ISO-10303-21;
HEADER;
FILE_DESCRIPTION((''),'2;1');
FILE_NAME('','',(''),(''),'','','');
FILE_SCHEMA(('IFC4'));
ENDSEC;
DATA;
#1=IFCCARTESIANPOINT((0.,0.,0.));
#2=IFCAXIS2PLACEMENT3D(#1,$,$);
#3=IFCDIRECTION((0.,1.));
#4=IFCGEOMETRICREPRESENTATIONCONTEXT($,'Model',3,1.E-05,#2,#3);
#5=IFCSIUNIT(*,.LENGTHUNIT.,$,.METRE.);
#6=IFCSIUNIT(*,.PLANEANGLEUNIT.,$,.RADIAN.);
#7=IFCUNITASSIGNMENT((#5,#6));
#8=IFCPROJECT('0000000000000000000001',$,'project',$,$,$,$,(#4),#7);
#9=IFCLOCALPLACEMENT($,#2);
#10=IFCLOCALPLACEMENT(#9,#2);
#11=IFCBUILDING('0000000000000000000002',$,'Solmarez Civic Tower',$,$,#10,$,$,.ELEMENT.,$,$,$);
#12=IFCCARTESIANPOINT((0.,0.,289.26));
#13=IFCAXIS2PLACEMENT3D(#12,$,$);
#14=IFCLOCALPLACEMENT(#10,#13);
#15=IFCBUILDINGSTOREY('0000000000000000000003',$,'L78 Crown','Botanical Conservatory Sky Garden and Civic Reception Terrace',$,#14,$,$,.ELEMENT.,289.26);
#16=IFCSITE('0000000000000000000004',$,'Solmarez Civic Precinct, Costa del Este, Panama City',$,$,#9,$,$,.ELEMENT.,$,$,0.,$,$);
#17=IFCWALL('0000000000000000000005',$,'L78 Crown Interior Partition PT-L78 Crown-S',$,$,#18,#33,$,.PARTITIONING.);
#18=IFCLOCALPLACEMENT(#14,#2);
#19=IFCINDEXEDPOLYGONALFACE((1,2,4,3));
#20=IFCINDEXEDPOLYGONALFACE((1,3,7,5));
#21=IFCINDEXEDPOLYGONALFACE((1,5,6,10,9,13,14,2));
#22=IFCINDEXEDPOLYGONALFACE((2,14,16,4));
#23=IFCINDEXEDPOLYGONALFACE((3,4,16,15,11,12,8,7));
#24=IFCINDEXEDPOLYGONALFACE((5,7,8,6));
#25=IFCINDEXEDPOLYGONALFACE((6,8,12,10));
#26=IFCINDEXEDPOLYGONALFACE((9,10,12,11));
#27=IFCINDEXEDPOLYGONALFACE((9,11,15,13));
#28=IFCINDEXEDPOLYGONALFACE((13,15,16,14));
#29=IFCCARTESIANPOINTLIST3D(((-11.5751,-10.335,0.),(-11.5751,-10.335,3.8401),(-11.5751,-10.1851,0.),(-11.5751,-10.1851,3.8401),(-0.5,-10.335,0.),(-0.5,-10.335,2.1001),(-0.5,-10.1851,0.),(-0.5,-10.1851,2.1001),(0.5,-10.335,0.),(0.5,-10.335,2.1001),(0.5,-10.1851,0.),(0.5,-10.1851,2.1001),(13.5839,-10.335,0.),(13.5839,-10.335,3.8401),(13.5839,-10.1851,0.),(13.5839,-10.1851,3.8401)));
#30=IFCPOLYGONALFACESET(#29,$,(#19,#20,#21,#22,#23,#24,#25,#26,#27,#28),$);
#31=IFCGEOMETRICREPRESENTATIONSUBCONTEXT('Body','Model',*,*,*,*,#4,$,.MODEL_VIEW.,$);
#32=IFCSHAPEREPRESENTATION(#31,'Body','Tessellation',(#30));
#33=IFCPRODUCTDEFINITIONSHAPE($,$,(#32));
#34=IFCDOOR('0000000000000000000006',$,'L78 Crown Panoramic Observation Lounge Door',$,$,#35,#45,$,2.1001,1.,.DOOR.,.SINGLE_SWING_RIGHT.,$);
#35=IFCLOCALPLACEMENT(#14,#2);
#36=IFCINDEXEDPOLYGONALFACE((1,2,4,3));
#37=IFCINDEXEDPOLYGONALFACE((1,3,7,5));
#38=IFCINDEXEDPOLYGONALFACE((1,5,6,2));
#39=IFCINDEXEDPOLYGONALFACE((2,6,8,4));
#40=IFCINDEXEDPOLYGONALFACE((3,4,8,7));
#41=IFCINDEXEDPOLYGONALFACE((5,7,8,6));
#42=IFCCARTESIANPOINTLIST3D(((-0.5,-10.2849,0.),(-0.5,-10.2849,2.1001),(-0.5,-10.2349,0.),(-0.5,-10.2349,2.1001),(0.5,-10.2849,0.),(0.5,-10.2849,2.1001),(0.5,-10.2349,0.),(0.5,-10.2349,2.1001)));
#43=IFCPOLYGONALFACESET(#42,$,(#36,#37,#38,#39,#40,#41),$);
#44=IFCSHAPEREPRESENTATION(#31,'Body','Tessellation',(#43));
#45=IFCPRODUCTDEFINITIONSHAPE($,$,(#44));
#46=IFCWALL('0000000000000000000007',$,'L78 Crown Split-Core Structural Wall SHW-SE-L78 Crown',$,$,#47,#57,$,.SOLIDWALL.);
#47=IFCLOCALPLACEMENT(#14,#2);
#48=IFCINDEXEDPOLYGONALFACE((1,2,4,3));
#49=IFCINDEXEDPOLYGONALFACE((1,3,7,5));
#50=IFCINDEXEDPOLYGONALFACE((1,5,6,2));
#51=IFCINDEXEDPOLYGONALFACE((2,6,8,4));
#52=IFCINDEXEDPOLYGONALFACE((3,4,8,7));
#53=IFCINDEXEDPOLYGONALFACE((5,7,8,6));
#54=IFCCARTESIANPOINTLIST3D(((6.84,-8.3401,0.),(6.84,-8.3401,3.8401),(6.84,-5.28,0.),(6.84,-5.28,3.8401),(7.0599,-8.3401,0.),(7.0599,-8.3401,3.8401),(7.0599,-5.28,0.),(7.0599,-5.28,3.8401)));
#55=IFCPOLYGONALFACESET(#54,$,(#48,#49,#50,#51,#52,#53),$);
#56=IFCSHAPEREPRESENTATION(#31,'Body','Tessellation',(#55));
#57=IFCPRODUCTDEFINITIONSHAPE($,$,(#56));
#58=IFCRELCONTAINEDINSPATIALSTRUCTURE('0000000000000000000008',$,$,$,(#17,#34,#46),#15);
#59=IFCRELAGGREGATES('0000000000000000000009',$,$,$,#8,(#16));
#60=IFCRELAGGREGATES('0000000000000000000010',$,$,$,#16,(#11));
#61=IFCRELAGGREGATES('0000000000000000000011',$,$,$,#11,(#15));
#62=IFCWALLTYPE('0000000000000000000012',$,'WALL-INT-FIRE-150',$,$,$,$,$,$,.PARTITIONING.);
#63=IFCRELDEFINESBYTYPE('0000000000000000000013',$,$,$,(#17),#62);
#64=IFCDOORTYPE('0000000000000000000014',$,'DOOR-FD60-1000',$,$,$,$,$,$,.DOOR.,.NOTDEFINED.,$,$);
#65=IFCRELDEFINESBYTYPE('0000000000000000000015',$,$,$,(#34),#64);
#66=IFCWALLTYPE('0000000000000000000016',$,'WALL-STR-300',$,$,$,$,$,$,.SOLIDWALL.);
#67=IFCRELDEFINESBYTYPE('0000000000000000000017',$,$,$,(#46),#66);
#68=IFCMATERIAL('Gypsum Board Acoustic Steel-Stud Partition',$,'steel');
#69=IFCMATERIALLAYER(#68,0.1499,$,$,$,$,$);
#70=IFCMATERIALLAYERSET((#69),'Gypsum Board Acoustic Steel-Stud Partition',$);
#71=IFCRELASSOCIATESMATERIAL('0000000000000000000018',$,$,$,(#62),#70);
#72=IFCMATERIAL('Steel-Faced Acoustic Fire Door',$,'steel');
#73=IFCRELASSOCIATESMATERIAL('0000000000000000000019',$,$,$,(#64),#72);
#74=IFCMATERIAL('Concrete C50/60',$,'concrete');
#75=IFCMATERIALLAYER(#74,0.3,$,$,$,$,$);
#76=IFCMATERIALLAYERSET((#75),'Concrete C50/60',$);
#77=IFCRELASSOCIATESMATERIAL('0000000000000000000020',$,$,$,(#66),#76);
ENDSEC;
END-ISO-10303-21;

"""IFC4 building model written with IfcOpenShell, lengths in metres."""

from ifc_helpers import new_model, si_unit, direction, frame, frame_2d, origin, place, context, subcontext, project, spatial, rectangle, extrude, material, layer, layer_set, type_object, element, fill, save


model = new_model("IFC4")

# Units and contexts
model_context = context("Model", 3, precision=1e-05, world=origin(), true_north=direction((0.0, 1.0)))
body_context = subcontext(model_context, "Body", "Model", "MODEL_VIEW")
ifc_project = project(units=[si_unit("LENGTHUNIT", "METRE"), si_unit("PLANEANGLEUNIT", "RADIAN")], contexts=[model_context])

# Site, building, storey
site_placement = place(None, origin())
site = spatial("IfcSite", under=ifc_project, at=site_placement, Name="Solmarez Civic Precinct, Costa del Este, Panama City", CompositionType="ELEMENT", RefElevation=0.0)
building_placement = place(site_placement, origin())
building = spatial("IfcBuilding", under=site, at=building_placement, Name="Solmarez Civic Tower", CompositionType="ELEMENT")
storey_placement = place(building_placement, frame((0.0, 0.0, 289.26)))
storey = spatial("IfcBuildingStorey", under=building, at=storey_placement, Name="L78 Crown", Description="Botanical Conservatory Sky Garden and Civic Reception Terrace", CompositionType="ELEMENT", Elevation=289.26)

# Shared definitions
ifc_material_1 = material(Name="Concrete C50/60", Category="concrete")

# Shared definitions
ifc_material_2 = material(Name="Gypsum Board Acoustic Steel-Stud Partition", Category="steel")
ifc_layer_1 = layer(ifc_material_2, 0.1499)
ifc_layer_set_1 = layer_set([ifc_layer_1], Name="Gypsum Board Acoustic Steel-Stud Partition")
wall_type_1 = type_object("IfcWallType", Name="WALL-INT-FIRE-150", PredefinedType="PARTITIONING", material=ifc_layer_set_1)

# Wall, opening, door
wall_1_placement = place(storey_placement, frame((13.584, -10.26, 0.0), z_axis=(0.0, 0.0, 1.0), x_axis=(-1.0, 0.0, 0.0)))
wall_1 = element("IfcWall", 1, at=wall_1_placement, inside=storey, type_object=wall_type_1, Name="L78 Crown Interior Partition PT-L78 Crown-S", PredefinedType="PARTITIONING", context=body_context, shape_type="SweptSolid", body=[
    extrude(rectangle(XDim=25.1589, YDim=0.1499, at=frame_2d((12.5796, 0.0))), origin(), (0.0, 0.0, 1.0), 3.8401),
])
opening_1_placement = place(wall_1_placement, frame((13.084, 0.0, 0.0)))
opening_1 = element("IfcOpeningElement", 2, at=opening_1_placement, cuts=wall_1, PredefinedType="OPENING", context=body_context, shape_type="SweptSolid", body=[
    extrude(rectangle(XDim=1.0, YDim=2.1001, at=frame_2d((0.5, 1.05))), frame((0.0, 0.085, 0.0), z_axis=(0.0, -1.0, 0.0), x_axis=(1.0, 0.0, 0.0)), (0.0, 0.0, 1.0), 0.1699),
])
ifc_material_3 = material(Name="Steel-Faced Acoustic Fire Door", Category="steel")
door_type = type_object("IfcDoorType", Name="DOOR-FD60-1000", OperationType="NOTDEFINED", PredefinedType="DOOR", material=ifc_material_3)
door_placement = place(opening_1_placement, origin())
door = element("IfcDoor", 3, at=door_placement, inside=storey, type_object=door_type, Name="L78 Crown Panoramic Observation Lounge Door", OperationType="SINGLE_SWING_RIGHT", OverallHeight=2.1001, OverallWidth=1.0, PredefinedType="DOOR", context=body_context, shape_type="SweptSolid", body=[
    extrude(rectangle(XDim=1.0, YDim=2.1001, at=frame_2d((0.5, 1.05))), frame((0.0, 0.0249, 0.0), z_axis=(0.0, -1.0, 0.0), x_axis=(1.0, 0.0, 0.0)), (0.0, 0.0, 1.0), 0.05),
])
fill(opening_1, door)

# Wall
ifc_layer_2 = layer(ifc_material_1, 0.3)
ifc_layer_set_2 = layer_set([ifc_layer_2], Name="Concrete C50/60")
wall_type_2 = type_object("IfcWallType", Name="WALL-STR-300", PredefinedType="SOLIDWALL", material=ifc_layer_set_2)
wall_2_placement = place(storey_placement, frame((6.95, -8.3401, 0.0), z_axis=(0.0, 0.0, 1.0), x_axis=(0.0, 1.0, 0.0)))
element("IfcWall", 4, at=wall_2_placement, inside=storey, type_object=wall_type_2, Name="L78 Crown Split-Core Structural Wall SHW-SE-L78 Crown", PredefinedType="SOLIDWALL", context=body_context, shape_type="SweptSolid", body=[
    extrude(rectangle(XDim=3.0601, YDim=0.22, at=frame_2d((1.53, 0.0))), origin(), (0.0, 0.0, 1.0), 3.8401),
])

save(model, "model.ifc")
